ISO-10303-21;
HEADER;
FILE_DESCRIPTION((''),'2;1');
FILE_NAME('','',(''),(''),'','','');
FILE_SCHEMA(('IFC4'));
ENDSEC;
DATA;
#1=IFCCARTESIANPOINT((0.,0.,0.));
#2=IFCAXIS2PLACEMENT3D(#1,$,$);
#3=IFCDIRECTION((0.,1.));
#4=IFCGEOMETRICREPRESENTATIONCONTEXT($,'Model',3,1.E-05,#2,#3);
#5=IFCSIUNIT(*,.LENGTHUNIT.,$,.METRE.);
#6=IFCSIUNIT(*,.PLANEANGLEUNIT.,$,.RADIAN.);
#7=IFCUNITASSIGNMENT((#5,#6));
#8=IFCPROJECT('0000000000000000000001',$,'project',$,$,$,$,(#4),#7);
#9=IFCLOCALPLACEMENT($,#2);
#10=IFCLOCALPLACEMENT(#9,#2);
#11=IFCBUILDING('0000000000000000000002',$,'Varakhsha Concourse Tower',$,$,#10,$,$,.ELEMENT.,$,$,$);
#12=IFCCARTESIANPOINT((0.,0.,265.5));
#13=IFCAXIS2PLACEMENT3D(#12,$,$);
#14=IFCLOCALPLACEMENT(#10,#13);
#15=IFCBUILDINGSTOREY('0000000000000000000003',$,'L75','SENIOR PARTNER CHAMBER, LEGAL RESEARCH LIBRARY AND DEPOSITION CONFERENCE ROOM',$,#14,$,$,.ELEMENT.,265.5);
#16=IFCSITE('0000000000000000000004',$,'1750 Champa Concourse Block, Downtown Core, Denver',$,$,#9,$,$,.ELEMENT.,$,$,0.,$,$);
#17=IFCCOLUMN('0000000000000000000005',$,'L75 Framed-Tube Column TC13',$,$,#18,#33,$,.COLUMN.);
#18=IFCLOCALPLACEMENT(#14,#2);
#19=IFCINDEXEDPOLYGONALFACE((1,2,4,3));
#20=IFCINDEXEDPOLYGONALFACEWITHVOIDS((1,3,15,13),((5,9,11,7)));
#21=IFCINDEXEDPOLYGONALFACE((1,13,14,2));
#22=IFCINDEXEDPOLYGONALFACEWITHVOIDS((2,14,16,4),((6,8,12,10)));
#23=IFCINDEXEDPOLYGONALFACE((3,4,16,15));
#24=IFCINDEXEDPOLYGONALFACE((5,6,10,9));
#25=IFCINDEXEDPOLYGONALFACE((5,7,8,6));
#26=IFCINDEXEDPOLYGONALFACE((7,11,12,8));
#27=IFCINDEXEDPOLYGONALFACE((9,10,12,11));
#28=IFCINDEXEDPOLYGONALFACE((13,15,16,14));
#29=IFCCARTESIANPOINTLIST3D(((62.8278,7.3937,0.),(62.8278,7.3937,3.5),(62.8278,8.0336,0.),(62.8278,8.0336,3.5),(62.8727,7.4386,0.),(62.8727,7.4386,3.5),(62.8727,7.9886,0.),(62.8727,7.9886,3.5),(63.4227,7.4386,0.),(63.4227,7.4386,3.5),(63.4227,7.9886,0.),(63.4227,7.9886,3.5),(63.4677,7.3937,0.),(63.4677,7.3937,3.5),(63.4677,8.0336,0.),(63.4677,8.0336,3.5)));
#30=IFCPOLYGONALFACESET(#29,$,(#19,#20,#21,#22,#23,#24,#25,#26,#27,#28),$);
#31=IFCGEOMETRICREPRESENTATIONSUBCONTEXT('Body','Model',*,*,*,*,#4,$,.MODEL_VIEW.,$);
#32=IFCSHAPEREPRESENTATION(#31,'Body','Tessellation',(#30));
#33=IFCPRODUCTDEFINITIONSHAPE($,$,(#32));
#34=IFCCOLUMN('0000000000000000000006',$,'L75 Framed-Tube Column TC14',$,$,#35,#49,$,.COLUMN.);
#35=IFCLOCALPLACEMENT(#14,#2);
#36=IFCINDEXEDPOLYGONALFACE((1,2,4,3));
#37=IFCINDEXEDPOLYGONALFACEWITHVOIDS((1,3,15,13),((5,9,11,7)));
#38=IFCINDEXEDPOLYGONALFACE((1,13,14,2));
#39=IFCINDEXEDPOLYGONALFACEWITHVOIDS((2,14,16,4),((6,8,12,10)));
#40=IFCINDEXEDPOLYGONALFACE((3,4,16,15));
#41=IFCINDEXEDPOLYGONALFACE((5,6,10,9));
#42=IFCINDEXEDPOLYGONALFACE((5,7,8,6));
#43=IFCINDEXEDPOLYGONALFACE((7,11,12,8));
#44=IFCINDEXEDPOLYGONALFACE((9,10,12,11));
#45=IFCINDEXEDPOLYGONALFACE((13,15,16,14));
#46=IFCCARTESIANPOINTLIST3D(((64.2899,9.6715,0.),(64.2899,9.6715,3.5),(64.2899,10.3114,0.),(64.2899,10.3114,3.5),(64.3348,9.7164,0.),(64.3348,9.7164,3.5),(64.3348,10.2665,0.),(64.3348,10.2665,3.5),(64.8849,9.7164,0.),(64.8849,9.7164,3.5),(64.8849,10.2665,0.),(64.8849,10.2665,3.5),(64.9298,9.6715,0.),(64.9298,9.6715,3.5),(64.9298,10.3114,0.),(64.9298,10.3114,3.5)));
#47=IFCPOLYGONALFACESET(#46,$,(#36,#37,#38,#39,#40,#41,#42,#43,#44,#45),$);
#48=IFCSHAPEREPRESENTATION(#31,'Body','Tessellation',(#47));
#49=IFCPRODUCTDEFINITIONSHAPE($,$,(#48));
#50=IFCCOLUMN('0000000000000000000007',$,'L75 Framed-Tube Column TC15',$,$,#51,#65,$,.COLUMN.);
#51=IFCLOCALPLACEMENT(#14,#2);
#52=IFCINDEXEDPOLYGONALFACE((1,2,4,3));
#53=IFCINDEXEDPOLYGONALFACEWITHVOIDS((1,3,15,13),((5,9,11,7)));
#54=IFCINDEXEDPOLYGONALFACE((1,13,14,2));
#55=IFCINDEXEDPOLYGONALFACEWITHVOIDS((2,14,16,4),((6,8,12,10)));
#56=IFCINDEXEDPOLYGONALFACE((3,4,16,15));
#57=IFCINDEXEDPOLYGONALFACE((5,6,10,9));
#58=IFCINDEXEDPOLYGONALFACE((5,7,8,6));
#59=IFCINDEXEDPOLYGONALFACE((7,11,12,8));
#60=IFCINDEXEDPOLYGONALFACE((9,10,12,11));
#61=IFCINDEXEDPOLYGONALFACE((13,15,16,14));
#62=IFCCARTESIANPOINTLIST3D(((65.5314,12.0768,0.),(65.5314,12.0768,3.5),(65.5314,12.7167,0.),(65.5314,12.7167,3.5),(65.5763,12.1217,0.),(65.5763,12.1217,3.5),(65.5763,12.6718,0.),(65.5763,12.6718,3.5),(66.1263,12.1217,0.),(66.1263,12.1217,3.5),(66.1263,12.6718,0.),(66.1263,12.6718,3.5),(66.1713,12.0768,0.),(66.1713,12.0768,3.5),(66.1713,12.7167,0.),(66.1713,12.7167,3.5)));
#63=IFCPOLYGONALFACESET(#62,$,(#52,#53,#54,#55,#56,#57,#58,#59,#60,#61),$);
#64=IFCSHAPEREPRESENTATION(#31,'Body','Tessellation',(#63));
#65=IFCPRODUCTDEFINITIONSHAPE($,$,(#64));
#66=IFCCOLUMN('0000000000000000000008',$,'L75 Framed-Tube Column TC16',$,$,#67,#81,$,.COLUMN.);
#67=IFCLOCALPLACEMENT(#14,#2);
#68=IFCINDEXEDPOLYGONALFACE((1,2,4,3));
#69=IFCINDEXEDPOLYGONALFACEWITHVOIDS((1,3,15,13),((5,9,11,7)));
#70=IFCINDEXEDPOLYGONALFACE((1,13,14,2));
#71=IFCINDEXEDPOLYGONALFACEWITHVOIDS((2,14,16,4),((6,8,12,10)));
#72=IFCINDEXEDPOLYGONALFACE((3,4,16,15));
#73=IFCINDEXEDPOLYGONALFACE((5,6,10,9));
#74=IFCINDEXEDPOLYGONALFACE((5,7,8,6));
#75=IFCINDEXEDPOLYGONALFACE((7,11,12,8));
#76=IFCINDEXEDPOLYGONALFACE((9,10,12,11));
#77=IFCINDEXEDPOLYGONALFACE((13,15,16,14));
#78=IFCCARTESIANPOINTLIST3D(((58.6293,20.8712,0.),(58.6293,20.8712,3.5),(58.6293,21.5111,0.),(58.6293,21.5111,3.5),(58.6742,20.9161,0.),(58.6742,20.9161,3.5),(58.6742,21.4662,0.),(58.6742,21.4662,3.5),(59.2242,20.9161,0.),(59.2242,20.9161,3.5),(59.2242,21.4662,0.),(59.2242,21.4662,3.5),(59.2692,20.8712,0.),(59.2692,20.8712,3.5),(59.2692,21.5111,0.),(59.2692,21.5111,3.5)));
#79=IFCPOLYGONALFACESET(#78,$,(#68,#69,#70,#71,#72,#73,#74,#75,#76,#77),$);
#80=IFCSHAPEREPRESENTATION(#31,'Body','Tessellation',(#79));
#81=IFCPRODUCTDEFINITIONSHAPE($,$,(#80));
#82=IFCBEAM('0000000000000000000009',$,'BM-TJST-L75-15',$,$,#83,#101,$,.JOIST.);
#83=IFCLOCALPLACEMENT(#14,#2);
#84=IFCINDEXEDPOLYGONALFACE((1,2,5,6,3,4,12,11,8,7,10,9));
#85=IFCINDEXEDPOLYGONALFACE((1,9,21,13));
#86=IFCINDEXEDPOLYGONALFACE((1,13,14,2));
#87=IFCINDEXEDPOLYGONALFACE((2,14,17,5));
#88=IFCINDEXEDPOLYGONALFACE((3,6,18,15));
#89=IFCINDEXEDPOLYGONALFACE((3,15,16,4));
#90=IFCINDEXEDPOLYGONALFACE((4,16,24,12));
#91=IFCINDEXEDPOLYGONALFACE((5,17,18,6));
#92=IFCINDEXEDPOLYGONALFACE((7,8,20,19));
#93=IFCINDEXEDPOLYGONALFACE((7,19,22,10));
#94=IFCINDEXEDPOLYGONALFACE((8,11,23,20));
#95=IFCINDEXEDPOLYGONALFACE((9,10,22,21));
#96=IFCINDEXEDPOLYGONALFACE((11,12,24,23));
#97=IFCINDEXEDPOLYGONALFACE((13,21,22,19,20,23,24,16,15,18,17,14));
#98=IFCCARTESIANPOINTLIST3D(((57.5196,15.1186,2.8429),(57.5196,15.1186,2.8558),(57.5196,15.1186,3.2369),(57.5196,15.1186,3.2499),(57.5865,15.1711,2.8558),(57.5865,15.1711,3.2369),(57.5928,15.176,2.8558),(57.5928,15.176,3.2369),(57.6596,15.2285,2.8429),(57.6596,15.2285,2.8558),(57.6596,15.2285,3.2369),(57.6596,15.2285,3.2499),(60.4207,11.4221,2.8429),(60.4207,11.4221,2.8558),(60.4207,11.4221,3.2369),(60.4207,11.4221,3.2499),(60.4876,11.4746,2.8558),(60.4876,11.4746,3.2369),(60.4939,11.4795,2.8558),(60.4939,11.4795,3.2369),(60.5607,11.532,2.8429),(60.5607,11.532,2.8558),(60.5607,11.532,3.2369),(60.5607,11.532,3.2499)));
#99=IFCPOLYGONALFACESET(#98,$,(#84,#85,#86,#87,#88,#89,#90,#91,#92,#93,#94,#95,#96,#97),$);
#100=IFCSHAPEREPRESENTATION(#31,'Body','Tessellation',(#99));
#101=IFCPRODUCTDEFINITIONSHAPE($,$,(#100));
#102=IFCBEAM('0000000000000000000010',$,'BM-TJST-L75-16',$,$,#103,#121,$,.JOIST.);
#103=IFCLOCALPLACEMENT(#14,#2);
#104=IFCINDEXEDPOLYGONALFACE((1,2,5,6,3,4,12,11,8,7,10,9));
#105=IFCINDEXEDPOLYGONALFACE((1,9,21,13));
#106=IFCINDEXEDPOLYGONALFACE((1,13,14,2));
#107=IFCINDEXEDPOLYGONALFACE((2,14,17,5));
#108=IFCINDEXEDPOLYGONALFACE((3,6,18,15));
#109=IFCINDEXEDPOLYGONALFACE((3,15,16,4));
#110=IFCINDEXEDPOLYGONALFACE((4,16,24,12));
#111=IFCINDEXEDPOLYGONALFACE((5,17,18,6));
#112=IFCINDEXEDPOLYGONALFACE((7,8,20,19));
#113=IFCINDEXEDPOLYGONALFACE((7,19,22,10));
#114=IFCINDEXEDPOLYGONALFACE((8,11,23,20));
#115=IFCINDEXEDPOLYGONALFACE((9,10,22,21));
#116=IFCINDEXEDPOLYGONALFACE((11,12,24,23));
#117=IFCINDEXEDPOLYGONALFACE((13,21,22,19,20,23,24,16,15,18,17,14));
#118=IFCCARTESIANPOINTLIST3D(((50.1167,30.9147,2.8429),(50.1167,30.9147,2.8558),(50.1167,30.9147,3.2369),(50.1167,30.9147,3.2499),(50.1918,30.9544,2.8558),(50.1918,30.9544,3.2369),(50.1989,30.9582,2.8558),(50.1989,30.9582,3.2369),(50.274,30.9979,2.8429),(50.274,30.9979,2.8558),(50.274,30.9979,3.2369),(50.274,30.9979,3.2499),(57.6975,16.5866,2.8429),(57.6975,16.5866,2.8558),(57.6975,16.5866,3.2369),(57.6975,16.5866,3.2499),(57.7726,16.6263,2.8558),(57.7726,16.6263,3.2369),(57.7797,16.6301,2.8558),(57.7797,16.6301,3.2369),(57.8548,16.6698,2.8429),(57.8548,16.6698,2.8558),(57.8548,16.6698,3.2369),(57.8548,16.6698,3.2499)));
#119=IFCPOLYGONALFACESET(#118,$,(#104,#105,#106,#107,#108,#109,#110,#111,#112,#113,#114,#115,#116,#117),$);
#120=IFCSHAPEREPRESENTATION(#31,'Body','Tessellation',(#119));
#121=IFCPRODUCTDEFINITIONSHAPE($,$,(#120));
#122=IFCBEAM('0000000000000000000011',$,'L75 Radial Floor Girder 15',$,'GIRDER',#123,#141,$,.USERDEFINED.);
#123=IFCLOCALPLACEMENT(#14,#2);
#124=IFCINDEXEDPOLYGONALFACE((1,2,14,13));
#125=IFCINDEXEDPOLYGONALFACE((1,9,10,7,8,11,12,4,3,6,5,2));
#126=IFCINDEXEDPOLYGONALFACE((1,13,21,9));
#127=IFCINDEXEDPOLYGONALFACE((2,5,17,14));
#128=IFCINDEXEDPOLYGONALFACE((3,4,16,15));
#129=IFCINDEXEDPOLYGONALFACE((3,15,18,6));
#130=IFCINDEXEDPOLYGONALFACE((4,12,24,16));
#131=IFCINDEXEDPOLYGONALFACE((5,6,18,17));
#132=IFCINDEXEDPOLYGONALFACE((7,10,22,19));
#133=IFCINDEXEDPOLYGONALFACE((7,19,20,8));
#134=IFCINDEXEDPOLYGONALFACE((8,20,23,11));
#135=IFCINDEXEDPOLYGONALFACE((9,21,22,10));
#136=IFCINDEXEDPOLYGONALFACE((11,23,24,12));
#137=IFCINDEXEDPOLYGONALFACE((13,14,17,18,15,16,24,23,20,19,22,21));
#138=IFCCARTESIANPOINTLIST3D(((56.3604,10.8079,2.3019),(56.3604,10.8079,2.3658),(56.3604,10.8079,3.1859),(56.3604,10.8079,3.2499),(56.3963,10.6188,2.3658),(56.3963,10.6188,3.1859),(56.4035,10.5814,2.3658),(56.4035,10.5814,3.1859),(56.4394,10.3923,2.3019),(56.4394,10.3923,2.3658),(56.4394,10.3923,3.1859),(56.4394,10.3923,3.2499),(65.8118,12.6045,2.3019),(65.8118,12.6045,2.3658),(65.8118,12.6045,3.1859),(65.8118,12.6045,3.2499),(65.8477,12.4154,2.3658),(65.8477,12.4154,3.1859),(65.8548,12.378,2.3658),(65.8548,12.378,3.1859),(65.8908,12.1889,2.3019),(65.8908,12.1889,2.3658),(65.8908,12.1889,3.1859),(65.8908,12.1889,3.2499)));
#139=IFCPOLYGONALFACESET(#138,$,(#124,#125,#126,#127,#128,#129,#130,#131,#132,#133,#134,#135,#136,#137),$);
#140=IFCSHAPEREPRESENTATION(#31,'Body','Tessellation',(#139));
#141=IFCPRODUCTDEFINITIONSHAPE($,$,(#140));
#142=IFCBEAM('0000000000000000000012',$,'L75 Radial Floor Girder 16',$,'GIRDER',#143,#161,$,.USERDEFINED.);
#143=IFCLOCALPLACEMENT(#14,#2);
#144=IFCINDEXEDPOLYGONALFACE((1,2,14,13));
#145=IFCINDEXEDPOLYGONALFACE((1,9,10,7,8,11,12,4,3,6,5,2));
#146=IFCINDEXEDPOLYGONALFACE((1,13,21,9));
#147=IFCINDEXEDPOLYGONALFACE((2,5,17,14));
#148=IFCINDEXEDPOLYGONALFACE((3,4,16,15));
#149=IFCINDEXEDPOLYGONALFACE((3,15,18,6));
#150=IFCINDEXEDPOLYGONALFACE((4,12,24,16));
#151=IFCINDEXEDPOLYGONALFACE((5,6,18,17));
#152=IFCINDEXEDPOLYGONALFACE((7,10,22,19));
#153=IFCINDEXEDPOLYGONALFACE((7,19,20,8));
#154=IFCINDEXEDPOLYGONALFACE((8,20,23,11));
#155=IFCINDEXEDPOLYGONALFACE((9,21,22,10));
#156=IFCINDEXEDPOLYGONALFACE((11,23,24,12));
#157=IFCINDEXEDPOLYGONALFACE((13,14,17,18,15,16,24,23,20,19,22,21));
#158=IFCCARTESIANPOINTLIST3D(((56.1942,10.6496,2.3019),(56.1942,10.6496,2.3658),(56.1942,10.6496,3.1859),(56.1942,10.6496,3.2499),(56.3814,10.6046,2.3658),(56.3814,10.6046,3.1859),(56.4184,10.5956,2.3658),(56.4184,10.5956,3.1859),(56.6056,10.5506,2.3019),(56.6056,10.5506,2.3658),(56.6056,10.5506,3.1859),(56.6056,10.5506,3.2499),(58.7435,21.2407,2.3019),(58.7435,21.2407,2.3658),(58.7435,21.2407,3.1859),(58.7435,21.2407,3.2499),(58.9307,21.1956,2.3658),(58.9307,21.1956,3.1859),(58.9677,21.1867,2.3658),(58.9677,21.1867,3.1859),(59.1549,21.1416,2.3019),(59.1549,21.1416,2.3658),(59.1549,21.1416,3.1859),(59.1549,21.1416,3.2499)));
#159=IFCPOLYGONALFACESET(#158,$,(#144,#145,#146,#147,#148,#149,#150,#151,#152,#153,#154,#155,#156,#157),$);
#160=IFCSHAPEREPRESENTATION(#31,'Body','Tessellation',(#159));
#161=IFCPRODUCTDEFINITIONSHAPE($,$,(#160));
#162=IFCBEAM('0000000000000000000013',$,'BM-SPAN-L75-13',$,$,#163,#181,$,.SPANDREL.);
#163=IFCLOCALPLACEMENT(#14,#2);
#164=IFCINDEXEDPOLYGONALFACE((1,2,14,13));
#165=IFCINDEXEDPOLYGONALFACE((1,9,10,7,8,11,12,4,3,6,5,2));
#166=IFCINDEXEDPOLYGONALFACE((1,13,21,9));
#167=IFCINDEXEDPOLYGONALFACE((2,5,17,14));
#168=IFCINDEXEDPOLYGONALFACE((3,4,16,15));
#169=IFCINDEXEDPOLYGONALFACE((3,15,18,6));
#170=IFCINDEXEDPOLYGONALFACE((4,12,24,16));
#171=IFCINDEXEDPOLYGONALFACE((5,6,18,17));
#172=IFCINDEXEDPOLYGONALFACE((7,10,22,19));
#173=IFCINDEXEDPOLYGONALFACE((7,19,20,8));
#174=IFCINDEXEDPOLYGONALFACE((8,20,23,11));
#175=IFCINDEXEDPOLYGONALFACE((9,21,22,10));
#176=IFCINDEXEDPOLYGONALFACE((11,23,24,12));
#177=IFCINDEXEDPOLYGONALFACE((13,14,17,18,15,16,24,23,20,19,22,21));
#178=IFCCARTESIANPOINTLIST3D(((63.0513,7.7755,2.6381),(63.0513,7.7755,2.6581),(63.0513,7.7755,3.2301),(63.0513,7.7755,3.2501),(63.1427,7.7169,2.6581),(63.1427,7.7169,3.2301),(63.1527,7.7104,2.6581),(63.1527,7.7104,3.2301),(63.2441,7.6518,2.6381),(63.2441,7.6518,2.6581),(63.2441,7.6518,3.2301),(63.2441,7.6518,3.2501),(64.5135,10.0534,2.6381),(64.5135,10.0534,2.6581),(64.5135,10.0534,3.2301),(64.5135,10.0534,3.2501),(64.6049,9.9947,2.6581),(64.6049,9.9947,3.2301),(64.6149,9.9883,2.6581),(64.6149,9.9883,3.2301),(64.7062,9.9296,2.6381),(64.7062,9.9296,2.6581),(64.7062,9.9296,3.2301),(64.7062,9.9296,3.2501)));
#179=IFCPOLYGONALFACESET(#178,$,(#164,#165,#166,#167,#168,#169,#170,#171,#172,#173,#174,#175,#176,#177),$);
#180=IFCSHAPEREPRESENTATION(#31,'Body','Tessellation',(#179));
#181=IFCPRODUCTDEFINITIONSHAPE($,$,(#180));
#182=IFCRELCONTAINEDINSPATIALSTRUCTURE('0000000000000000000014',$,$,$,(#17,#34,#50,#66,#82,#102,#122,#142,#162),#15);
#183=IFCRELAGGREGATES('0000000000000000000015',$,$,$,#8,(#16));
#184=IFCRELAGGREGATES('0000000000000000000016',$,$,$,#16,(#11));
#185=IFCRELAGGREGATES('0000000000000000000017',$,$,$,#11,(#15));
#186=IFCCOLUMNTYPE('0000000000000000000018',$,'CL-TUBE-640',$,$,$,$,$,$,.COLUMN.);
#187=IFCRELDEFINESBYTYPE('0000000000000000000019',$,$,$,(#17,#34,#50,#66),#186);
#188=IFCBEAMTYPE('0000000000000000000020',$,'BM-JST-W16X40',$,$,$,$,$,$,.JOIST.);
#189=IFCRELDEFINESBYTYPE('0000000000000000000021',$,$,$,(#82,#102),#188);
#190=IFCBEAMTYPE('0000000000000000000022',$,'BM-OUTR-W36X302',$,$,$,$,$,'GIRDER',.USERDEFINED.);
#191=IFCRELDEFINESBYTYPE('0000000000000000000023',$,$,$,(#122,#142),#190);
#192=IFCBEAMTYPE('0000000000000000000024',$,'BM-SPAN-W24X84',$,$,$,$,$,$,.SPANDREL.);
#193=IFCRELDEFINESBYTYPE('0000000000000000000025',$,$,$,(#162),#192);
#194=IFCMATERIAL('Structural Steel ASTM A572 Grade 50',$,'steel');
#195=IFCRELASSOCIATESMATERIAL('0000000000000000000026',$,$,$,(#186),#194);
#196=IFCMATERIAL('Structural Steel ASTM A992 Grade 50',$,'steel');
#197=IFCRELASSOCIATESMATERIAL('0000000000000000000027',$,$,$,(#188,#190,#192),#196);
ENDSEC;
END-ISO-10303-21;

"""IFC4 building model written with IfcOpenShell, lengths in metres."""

from ifc_helpers import new_model, si_unit, direction, frame, origin, origin_2d, place, context, subcontext, project, spatial, hollow_rectangle, i_section, extrude, material, material_profile, profile_set, type_object, element, save


model = new_model("IFC4")

# Units and contexts
model_context = context("Model", 3, precision=1e-05, world=origin(), true_north=direction((0.0, 1.0)))
body_context = subcontext(model_context, "Body", "Model", "MODEL_VIEW")
ifc_project = project(units=[si_unit("LENGTHUNIT", "METRE"), si_unit("PLANEANGLEUNIT", "RADIAN")], contexts=[model_context])

# Site, building, storey
site_placement = place(None, origin())
site = spatial("IfcSite", under=ifc_project, at=site_placement, Name="1750 Champa Concourse Block, Downtown Core, Denver", CompositionType="ELEMENT", RefElevation=0.0)
building_placement = place(site_placement, origin())
building = spatial("IfcBuilding", under=site, at=building_placement, Name="Varakhsha Concourse Tower", CompositionType="ELEMENT")
storey_placement = place(building_placement, frame((0.0, 0.0, 265.5)))
storey = spatial("IfcBuildingStorey", under=building, at=storey_placement, Name="L75", Description="SENIOR PARTNER CHAMBER, LEGAL RESEARCH LIBRARY AND DEPOSITION CONFERENCE ROOM", CompositionType="ELEMENT", Elevation=265.5)

# Columns
ifc_material_1 = material(Name="Structural Steel ASTM A572 Grade 50", Category="steel")
ifc_material_profile_1 = material_profile(ifc_material_1, hollow_rectangle(XDim=0.6399, YDim=0.6399, WallThickness=0.0449, at=origin_2d()), Name="BOX 640x640x45")
ifc_profile_set_1 = profile_set([ifc_material_profile_1], Name="Structural Steel ASTM A572 Grade 50")
column_type = type_object("IfcColumnType", Name="CL-TUBE-640", PredefinedType="COLUMN", material=ifc_profile_set_1)
for number, where, z_axis, x_axis, name in (
    (1, (63.1477, 7.7136, 0.0), (0.0, 0.0, 1.0), (1.0, 0.0, 0.0), "L75 Framed-Tube Column TC13"),
    (2, (64.6099, 9.9915, 0.0), (0.0, 0.0, 1.0), (1.0, 0.0, 0.0), "L75 Framed-Tube Column TC14"),
    (3, (65.8513, 12.3967, 0.0), (0.0, 0.0, 1.0), (1.0, 0.0, 0.0), "L75 Framed-Tube Column TC15"),
    (4, (58.9492, 21.1912, 0.0), (0.0, 0.0, 1.0), (1.0, 0.0, 0.0), "L75 Framed-Tube Column TC16"),
):
    element("IfcColumn", number, at=place(storey_placement, frame(where, z_axis=z_axis, x_axis=x_axis)), inside=storey, type_object=column_type, Name=name, PredefinedType="COLUMN", context=body_context, shape_type="SweptSolid", body=[
        extrude(hollow_rectangle(XDim=0.6399, YDim=0.6399, WallThickness=0.0449, at=origin_2d()), origin(), (0.0, 0.0, 1.0), 3.5),
    ])

# Beams
ifc_material_2 = material(Name="Structural Steel ASTM A992 Grade 50", Category="steel")
ifc_material_profile_2 = material_profile(ifc_material_2, i_section(OverallWidth=0.178, OverallDepth=0.407, WebThickness=0.0081, FlangeThickness=0.0129, at=origin_2d()), Name="W16X40")
ifc_profile_set_2 = profile_set([ifc_material_profile_2], Name="Structural Steel ASTM A992 Grade 50")
beam_type_1 = type_object("IfcBeamType", Name="BM-JST-W16X40", PredefinedType="JOIST", material=ifc_profile_set_2)
beam_1_placement = place(storey_placement, frame((60.4907, 11.4771, 3.0464), z_axis=(-0.617388, 0.786659, 0.0), x_axis=(-0.786659, -0.617388, 0.0)))
element("IfcBeam", 5, at=beam_1_placement, inside=storey, type_object=beam_type_1, Name="BM-TJST-L75-15", PredefinedType="JOIST", context=body_context, shape_type="SweptSolid", body=[
    extrude(i_section(OverallWidth=0.178, OverallDepth=0.407, WebThickness=0.0081, FlangeThickness=0.0129, at=origin_2d()), origin(), (0.0, 0.0, 1.0), 4.699),
])
beam_2_placement = place(storey_placement, frame((57.7761, 16.6282, 3.0464), z_axis=(-0.467663, 0.883907, 0.0), x_axis=(-0.883907, -0.467663, 0.0)))
element("IfcBeam", 6, at=beam_2_placement, inside=storey, type_object=beam_type_1, Name="BM-TJST-L75-16", PredefinedType="JOIST", context=body_context, shape_type="SweptSolid", body=[
    extrude(i_section(OverallWidth=0.178, OverallDepth=0.407, WebThickness=0.0081, FlangeThickness=0.0129, at=origin_2d()), origin(), (0.0, 0.0, 1.0), 16.21),
])
ifc_material_profile_3 = material_profile(ifc_material_2, i_section(OverallWidth=0.4231, OverallDepth=0.948, WebThickness=0.0381, FlangeThickness=0.064, at=origin_2d()), Name="W36X302")
ifc_profile_set_3 = profile_set([ifc_material_profile_3], Name="Structural Steel ASTM A992 Grade 50")
beam_type_2 = type_object("IfcBeamType", Name="BM-OUTR-W36X302", ElementType="GIRDER", PredefinedType="USERDEFINED", material=ifc_profile_set_3)
beam_3_placement = place(storey_placement, frame((56.3999, 10.6001, 2.7759), z_axis=(0.982408, 0.186747, 0.0), x_axis=(-0.186747, 0.982408, 0.0)))
element("IfcBeam", 7, at=beam_3_placement, inside=storey, type_object=beam_type_2, Name="L75 Radial Floor Girder 15", ObjectType="GIRDER", PredefinedType="USERDEFINED", context=body_context, shape_type="SweptSolid", body=[
    extrude(i_section(OverallWidth=0.4231, OverallDepth=0.948, WebThickness=0.0381, FlangeThickness=0.064, at=origin_2d()), origin(), (0.0, 0.0, 1.0), 9.6206),
])
beam_4_placement = place(storey_placement, frame((56.3999, 10.6001, 2.7759), z_axis=(0.23402, 0.972232, 0.0), x_axis=(-0.972232, 0.23402, 0.0)))
element("IfcBeam", 8, at=beam_4_placement, inside=storey, type_object=beam_type_2, Name="L75 Radial Floor Girder 16", ObjectType="GIRDER", PredefinedType="USERDEFINED", context=body_context, shape_type="SweptSolid", body=[
    extrude(i_section(OverallWidth=0.4231, OverallDepth=0.948, WebThickness=0.0381, FlangeThickness=0.064, at=origin_2d()), origin(), (0.0, 0.0, 1.0), 10.8936),
])
ifc_material_profile_4 = material_profile(ifc_material_2, i_section(OverallWidth=0.229, OverallDepth=0.6121, WebThickness=0.012, FlangeThickness=0.02, at=origin_2d()), Name="W24X84")
ifc_profile_set_4 = profile_set([ifc_material_profile_4], Name="Structural Steel ASTM A992 Grade 50")
beam_type_3 = type_object("IfcBeamType", Name="BM-SPAN-W24X84", PredefinedType="SPANDREL", material=ifc_profile_set_4)
for number, where, z_axis, x_axis, name in (
    (9, (63.1477, 7.7136, 2.9441), (0.540192, 0.841542, 0.0), (-0.841542, 0.540192, 0.0), "BM-SPAN-L75-13"),
):
    element("IfcBeam", number, at=place(storey_placement, frame(where, z_axis=z_axis, x_axis=x_axis)), inside=storey, type_object=beam_type_3, Name=name, PredefinedType="SPANDREL", context=body_context, shape_type="SweptSolid", body=[
        extrude(i_section(OverallWidth=0.229, OverallDepth=0.6121, WebThickness=0.012, FlangeThickness=0.02, at=origin_2d()), origin(), (0.0, 0.0, 1.0), 2.7068),
    ])

save(model, "model.ifc")
